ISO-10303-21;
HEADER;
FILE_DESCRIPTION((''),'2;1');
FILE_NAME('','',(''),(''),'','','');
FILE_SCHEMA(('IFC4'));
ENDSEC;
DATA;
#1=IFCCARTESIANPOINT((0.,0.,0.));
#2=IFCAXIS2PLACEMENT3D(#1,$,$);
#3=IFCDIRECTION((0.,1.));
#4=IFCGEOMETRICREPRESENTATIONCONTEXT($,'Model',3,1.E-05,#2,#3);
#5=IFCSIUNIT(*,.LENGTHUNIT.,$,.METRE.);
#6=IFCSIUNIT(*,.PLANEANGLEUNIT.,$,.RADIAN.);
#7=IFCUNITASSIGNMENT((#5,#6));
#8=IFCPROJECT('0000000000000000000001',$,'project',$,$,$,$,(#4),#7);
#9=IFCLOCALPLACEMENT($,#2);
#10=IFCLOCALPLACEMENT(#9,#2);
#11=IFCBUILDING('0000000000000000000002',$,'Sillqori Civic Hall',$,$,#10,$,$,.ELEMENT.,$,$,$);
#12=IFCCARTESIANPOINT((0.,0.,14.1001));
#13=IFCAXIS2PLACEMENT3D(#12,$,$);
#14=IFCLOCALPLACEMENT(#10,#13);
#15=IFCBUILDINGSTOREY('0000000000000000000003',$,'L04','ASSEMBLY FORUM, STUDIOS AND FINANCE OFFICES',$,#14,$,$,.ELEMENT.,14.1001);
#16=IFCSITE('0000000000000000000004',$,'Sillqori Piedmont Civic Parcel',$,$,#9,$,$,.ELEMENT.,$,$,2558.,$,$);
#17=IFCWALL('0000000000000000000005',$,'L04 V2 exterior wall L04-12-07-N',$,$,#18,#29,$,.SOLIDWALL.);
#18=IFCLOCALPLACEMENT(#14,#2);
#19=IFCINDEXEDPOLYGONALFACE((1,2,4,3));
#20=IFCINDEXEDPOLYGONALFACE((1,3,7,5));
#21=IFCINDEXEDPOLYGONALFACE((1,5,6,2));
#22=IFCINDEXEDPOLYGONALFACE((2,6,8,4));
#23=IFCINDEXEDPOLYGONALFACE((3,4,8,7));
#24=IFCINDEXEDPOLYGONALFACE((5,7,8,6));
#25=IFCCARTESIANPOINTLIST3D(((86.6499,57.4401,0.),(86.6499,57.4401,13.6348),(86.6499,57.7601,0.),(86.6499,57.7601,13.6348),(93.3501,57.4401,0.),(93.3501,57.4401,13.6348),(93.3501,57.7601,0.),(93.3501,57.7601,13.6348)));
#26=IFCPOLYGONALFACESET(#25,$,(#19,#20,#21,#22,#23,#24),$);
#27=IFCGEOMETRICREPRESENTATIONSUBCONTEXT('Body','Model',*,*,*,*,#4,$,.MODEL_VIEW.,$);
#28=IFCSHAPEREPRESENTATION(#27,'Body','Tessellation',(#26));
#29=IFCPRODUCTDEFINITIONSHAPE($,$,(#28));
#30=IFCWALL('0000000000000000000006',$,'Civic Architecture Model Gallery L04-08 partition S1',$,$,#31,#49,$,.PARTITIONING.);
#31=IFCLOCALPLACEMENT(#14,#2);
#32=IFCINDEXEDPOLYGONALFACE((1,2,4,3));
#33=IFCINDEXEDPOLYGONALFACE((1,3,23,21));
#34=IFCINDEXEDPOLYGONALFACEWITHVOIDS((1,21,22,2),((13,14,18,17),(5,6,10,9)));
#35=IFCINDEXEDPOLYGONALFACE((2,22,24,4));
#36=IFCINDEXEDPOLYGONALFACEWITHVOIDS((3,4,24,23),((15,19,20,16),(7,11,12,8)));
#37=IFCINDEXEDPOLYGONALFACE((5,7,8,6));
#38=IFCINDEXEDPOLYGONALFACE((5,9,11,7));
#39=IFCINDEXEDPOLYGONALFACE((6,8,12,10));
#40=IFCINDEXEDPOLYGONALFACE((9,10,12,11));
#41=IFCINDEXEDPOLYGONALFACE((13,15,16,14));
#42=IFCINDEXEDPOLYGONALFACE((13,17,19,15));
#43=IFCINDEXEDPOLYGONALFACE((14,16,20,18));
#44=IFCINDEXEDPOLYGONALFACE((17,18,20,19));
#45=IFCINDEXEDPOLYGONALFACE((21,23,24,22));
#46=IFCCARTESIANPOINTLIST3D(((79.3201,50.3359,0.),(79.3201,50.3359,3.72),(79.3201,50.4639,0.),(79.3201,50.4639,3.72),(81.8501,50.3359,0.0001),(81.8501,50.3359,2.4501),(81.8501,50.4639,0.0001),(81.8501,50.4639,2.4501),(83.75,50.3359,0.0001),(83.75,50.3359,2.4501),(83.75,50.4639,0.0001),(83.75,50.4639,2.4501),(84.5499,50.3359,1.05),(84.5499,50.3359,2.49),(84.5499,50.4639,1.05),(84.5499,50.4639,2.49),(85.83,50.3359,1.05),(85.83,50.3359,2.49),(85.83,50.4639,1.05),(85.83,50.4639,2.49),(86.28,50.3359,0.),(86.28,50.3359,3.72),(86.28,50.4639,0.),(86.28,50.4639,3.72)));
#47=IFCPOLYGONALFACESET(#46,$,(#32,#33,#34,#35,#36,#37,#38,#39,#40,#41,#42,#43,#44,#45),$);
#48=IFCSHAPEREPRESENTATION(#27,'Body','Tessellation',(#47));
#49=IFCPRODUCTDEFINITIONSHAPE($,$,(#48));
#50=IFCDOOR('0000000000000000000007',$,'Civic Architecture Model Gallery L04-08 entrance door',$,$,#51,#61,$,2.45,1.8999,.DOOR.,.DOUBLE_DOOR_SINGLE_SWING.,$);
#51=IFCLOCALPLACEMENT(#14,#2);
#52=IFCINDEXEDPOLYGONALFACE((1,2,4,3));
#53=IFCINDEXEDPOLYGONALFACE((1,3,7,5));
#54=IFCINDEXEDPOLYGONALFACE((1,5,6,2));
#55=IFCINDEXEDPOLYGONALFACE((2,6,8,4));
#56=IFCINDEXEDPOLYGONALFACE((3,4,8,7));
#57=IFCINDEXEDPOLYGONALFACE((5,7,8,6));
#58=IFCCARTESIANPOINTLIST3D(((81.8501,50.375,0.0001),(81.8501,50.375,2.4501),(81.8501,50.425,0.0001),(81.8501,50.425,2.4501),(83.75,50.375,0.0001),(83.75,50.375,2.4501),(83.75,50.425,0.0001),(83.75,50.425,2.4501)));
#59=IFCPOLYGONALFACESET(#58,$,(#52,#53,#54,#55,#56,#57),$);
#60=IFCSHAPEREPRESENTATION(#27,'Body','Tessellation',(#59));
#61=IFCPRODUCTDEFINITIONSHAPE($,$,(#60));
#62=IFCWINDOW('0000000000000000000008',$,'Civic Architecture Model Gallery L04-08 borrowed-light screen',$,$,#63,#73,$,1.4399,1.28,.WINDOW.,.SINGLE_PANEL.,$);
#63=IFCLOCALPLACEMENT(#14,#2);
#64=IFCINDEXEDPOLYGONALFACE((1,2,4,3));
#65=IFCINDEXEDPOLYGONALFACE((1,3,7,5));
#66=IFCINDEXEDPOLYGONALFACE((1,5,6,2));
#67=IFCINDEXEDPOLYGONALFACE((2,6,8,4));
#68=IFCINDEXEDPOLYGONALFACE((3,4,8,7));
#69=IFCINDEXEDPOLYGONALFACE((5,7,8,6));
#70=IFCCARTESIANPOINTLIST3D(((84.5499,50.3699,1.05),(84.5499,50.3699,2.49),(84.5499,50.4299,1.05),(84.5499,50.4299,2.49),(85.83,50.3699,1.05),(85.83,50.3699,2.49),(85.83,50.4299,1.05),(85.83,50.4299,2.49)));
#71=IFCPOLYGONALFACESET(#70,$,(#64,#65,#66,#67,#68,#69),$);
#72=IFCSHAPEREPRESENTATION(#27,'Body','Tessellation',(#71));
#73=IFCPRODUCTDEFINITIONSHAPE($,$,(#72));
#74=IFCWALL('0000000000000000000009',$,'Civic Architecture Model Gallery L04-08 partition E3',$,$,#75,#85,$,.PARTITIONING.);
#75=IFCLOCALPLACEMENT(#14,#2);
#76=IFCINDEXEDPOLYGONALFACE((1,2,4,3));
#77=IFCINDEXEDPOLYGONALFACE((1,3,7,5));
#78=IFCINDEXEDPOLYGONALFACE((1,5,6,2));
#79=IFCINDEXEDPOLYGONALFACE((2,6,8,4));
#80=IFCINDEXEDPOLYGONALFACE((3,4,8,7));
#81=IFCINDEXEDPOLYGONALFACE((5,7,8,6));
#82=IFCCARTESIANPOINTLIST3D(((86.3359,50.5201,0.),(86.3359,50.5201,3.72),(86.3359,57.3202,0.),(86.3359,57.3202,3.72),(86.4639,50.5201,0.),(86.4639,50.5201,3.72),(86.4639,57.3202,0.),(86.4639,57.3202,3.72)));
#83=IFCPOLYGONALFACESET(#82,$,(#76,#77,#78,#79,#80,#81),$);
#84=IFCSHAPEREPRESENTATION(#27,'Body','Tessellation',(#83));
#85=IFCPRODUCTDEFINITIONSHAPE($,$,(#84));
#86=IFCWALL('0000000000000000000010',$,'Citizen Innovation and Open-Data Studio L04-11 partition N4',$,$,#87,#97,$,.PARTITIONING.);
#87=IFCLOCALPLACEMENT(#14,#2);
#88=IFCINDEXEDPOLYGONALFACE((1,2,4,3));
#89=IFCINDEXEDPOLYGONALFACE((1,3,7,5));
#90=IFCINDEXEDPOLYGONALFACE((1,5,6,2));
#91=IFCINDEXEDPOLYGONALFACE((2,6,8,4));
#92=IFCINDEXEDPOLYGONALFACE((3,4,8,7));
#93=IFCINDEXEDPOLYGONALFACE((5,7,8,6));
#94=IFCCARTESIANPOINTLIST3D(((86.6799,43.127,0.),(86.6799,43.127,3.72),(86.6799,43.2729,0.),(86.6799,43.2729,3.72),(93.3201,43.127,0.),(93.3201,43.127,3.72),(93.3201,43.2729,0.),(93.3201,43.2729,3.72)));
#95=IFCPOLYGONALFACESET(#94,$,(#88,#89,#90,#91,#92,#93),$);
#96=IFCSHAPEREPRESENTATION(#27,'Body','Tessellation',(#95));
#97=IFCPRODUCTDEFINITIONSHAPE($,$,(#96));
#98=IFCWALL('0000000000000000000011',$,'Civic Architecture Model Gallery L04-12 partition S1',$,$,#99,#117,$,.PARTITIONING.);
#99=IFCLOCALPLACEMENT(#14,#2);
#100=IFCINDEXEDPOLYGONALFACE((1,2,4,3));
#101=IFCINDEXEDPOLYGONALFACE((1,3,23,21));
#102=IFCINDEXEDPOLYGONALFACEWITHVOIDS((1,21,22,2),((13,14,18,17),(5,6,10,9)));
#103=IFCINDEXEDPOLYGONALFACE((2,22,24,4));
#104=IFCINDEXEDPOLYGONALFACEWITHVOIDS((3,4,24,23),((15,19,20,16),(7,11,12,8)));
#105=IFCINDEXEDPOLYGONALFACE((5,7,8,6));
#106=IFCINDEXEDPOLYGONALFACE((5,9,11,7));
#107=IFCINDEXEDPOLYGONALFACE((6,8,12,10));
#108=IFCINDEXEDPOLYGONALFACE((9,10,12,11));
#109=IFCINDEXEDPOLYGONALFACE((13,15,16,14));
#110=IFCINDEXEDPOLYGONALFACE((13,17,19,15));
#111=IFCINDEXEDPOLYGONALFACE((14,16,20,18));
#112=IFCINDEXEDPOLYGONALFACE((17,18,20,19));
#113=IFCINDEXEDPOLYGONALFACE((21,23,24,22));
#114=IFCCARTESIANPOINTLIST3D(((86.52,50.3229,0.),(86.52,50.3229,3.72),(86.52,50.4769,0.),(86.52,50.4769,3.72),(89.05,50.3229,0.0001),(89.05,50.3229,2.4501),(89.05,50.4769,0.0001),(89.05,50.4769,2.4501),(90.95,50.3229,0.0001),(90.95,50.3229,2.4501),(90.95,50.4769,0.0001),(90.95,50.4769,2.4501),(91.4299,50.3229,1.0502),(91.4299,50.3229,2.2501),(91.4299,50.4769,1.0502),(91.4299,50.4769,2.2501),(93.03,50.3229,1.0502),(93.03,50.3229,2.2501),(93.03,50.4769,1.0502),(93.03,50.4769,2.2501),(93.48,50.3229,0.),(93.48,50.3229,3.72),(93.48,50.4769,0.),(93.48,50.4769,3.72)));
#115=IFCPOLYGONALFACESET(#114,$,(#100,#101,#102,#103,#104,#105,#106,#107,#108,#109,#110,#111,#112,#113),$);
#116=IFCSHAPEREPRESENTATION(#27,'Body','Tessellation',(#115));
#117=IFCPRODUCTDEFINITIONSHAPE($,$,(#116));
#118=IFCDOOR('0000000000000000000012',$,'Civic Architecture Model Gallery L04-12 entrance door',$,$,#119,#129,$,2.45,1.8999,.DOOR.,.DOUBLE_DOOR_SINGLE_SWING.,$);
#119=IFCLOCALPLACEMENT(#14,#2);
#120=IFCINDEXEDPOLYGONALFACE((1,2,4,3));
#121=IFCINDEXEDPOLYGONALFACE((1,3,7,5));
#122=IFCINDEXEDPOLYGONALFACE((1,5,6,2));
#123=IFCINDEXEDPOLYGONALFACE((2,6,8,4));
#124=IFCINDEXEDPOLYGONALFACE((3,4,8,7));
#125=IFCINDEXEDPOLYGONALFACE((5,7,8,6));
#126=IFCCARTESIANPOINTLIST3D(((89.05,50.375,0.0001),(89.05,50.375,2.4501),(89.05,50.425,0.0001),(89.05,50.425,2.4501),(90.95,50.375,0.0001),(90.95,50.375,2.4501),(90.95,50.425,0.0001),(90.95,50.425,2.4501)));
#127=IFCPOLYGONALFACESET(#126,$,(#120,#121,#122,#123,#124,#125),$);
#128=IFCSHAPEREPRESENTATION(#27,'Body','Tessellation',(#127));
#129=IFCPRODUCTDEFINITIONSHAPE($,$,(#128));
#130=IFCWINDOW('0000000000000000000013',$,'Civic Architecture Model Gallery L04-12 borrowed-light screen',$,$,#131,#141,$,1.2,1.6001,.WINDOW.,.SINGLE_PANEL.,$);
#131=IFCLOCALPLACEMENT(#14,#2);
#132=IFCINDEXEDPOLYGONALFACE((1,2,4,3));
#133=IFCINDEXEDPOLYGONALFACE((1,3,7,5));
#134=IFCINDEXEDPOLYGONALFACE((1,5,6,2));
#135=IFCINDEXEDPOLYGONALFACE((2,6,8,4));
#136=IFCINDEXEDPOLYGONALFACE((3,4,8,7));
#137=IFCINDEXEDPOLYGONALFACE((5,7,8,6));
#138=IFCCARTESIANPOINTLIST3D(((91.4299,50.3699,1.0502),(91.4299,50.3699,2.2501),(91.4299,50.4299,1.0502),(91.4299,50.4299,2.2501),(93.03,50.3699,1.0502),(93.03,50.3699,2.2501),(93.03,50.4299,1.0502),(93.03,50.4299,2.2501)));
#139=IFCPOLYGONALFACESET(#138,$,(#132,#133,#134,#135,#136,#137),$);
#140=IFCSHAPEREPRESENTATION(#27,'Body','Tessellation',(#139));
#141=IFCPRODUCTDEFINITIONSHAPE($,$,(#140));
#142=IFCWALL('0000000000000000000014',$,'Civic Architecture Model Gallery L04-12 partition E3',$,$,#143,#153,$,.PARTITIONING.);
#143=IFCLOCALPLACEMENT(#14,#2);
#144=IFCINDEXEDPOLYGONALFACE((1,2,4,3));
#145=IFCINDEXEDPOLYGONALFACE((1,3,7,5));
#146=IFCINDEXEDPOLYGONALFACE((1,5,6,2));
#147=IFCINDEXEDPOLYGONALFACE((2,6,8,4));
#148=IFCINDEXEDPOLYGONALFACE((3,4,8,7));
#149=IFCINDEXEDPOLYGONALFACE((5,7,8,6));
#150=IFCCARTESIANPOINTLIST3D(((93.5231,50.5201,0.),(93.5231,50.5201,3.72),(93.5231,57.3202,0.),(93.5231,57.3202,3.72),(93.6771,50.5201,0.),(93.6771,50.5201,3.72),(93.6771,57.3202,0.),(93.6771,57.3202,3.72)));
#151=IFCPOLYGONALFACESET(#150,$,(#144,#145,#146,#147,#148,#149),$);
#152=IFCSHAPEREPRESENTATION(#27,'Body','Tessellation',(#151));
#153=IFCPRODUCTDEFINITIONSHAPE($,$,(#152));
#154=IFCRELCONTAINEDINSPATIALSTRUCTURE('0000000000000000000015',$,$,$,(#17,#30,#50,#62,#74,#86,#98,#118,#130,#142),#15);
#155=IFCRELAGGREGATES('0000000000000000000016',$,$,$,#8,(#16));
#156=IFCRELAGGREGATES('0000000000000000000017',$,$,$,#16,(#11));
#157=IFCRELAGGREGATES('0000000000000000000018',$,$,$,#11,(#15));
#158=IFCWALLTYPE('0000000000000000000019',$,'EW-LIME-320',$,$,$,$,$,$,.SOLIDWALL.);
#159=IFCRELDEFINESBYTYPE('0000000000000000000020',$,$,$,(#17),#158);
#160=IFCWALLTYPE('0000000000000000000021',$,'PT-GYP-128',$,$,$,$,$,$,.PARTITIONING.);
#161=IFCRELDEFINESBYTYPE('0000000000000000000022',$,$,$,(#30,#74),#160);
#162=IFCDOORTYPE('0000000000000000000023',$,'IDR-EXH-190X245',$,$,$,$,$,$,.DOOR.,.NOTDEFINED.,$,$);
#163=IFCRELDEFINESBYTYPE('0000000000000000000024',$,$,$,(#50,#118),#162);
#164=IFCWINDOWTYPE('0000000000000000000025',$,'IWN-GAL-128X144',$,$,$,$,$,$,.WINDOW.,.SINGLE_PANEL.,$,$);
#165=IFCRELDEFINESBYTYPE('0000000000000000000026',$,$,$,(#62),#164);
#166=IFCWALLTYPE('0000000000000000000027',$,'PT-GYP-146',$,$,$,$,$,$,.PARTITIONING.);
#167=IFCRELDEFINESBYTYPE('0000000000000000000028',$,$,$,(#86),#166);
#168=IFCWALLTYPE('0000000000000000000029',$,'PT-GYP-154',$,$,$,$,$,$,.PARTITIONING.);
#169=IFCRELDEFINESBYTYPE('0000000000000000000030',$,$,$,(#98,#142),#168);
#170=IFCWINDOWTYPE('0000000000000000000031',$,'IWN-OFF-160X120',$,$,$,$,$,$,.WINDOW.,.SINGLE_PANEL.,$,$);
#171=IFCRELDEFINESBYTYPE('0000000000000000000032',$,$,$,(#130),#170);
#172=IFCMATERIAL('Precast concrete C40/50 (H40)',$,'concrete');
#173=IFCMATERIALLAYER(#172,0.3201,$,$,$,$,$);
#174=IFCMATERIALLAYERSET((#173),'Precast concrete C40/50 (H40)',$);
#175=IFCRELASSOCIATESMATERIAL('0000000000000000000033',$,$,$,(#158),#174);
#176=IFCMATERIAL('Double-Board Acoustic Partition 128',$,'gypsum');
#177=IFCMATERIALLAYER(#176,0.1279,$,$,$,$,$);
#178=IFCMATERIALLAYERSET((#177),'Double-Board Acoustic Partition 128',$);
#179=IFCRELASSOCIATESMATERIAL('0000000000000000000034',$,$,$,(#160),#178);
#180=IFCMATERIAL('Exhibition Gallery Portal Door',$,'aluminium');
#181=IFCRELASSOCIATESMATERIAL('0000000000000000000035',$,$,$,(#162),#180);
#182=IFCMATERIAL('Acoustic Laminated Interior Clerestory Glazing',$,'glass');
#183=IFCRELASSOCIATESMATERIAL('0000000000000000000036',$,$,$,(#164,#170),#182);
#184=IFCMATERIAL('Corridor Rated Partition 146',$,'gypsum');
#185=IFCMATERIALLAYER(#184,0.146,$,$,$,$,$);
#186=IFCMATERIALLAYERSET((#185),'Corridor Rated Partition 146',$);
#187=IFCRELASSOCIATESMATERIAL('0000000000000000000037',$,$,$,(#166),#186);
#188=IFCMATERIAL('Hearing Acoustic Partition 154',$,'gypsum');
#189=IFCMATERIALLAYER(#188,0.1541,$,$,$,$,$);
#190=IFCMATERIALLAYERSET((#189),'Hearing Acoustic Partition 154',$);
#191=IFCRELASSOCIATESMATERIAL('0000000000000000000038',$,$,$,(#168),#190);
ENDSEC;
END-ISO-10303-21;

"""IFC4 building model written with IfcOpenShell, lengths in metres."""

from ifc_helpers import new_model, si_unit, direction, frame, frame_2d, origin, place, context, subcontext, project, spatial, rectangle, extrude, material, layer, layer_set, type_object, element, fill, save


model = new_model("IFC4")

# Units and contexts
model_context = context("Model", 3, precision=1e-05, world=origin(), true_north=direction((0.0, 1.0)))
body_context = subcontext(model_context, "Body", "Model", "MODEL_VIEW")
ifc_project = project(units=[si_unit("LENGTHUNIT", "METRE"), si_unit("PLANEANGLEUNIT", "RADIAN")], contexts=[model_context])

# Site, building, storey
site_placement = place(None, origin())
site = spatial("IfcSite", under=ifc_project, at=site_placement, Name="Sillqori Piedmont Civic Parcel", CompositionType="ELEMENT", RefElevation=2558.0)
building_placement = place(site_placement, origin())
building = spatial("IfcBuilding", under=site, at=building_placement, Name="Sillqori Civic Hall", CompositionType="ELEMENT")
storey_placement = place(building_placement, frame((0.0, 0.0, 14.1001)))
storey = spatial("IfcBuildingStorey", under=building, at=storey_placement, Name="L04", Description="ASSEMBLY FORUM, STUDIOS AND FINANCE OFFICES", CompositionType="ELEMENT", Elevation=14.1001)

# Wall
ifc_material_1 = material(Name="Precast concrete C40/50 (H40)", Category="concrete")
ifc_layer_1 = layer(ifc_material_1, 0.3201)
ifc_layer_set_1 = layer_set([ifc_layer_1], Name="Precast concrete C40/50 (H40)")
wall_type_1 = type_object("IfcWallType", Name="EW-LIME-320", PredefinedType="SOLIDWALL", material=ifc_layer_set_1)
wall_1_placement = place(storey_placement, frame((86.6499, 57.6001, 0.0), z_axis=(0.0, 0.0, 1.0), x_axis=(1.0, 0.0, 0.0)))
element("IfcWall", 1, at=wall_1_placement, inside=storey, type_object=wall_type_1, Name="L04 V2 exterior wall L04-12-07-N", PredefinedType="SOLIDWALL", context=body_context, shape_type="SweptSolid", body=[
    extrude(rectangle(XDim=6.7002, YDim=0.3201, at=frame_2d((3.3501, 0.0))), origin(), (0.0, 0.0, 1.0), 13.6348),
])

# Wall, openings, door, window
ifc_material_2 = material(Name="Double-Board Acoustic Partition 128", Category="gypsum")
ifc_layer_2 = layer(ifc_material_2, 0.1279)
ifc_layer_set_2 = layer_set([ifc_layer_2], Name="Double-Board Acoustic Partition 128")
wall_type_2 = type_object("IfcWallType", Name="PT-GYP-128", PredefinedType="PARTITIONING", material=ifc_layer_set_2)
wall_2_placement = place(storey_placement, frame((86.28, 50.3999, 0.0), z_axis=(0.0, 0.0, 1.0), x_axis=(-1.0, 0.0, 0.0)))
wall_2 = element("IfcWall", 2, at=wall_2_placement, inside=storey, type_object=wall_type_2, Name="Civic Architecture Model Gallery L04-08 partition S1", PredefinedType="PARTITIONING", context=body_context, shape_type="SweptSolid", body=[
    extrude(rectangle(XDim=6.96, YDim=0.1279, at=frame_2d((3.48, 0.0))), origin(), (0.0, 0.0, 1.0), 3.72),
])
opening_1_placement = place(wall_2_placement, frame((2.53, 0.0, 0.0)))
opening_1 = element("IfcOpeningElement", 3, at=opening_1_placement, cuts=wall_2, PredefinedType="OPENING", context=body_context, shape_type="SweptSolid", body=[
    extrude(rectangle(XDim=1.8999, YDim=2.45, at=frame_2d((0.95, 1.2251))), frame((0.0, 0.074, 0.0), z_axis=(0.0, -1.0, 0.0), x_axis=(1.0, 0.0, 0.0)), (0.0, 0.0, 1.0), 0.1479),
])
opening_2_placement = place(wall_2_placement, frame((0.45, 0.0, 1.05)))
opening_2 = element("IfcOpeningElement", 4, at=opening_2_placement, cuts=wall_2, PredefinedType="OPENING", context=body_context, shape_type="SweptSolid", body=[
    extrude(rectangle(XDim=1.28, YDim=1.4399, at=frame_2d((0.6401, 0.72))), frame((0.0, 0.074, 0.0), z_axis=(0.0, -1.0, 0.0), x_axis=(1.0, 0.0, 0.0)), (0.0, 0.0, 1.0), 0.1479),
])
ifc_material_3 = material(Name="Exhibition Gallery Portal Door", Category="aluminium")
door_type = type_object("IfcDoorType", Name="IDR-EXH-190X245", OperationType="NOTDEFINED", PredefinedType="DOOR", material=ifc_material_3)
door_1_placement = place(opening_1_placement, origin())
door_1 = element("IfcDoor", 5, at=door_1_placement, inside=storey, type_object=door_type, Name="Civic Architecture Model Gallery L04-08 entrance door", OperationType="DOUBLE_DOOR_SINGLE_SWING", OverallHeight=2.45, OverallWidth=1.8999, PredefinedType="DOOR", context=body_context, shape_type="SweptSolid", body=[
    extrude(rectangle(XDim=1.8999, YDim=2.45, at=frame_2d((0.95, 1.2251))), frame((0.0, 0.0249, 0.0), z_axis=(0.0, -1.0, 0.0), x_axis=(1.0, 0.0, 0.0)), (0.0, 0.0, 1.0), 0.05),
])
fill(opening_1, door_1)
ifc_material_4 = material(Name="Acoustic Laminated Interior Clerestory Glazing", Category="glass")
window_type_1 = type_object("IfcWindowType", Name="IWN-GAL-128X144", PartitioningType="SINGLE_PANEL", PredefinedType="WINDOW", material=ifc_material_4)
window_1_placement = place(opening_2_placement, origin())
window_1 = element("IfcWindow", 6, at=window_1_placement, inside=storey, type_object=window_type_1, Name="Civic Architecture Model Gallery L04-08 borrowed-light screen", OverallHeight=1.4399, OverallWidth=1.28, PartitioningType="SINGLE_PANEL", PredefinedType="WINDOW", context=body_context, shape_type="SweptSolid", body=[
    extrude(rectangle(XDim=1.28, YDim=1.4399, at=frame_2d((0.6401, 0.72))), frame((0.0, 0.03, 0.0), z_axis=(0.0, -1.0, 0.0), x_axis=(1.0, 0.0, 0.0)), (0.0, 0.0, 1.0), 0.0601),
])
fill(opening_2, window_1)

# Walls
wall_3_placement = place(storey_placement, frame((86.3999, 57.3201, 0.0), z_axis=(0.0, 0.0, 1.0), x_axis=(0.0, -1.0, 0.0)))
element("IfcWall", 7, at=wall_3_placement, inside=storey, type_object=wall_type_2, Name="Civic Architecture Model Gallery L04-08 partition E3", PredefinedType="PARTITIONING", context=body_context, shape_type="SweptSolid", body=[
    extrude(rectangle(XDim=6.8, YDim=0.1279, at=frame_2d((3.3999, 0.0))), origin(), (0.0, 0.0, 1.0), 3.72),
])
ifc_material_5 = material(Name="Corridor Rated Partition 146", Category="gypsum")
ifc_layer_3 = layer(ifc_material_5, 0.146)
ifc_layer_set_3 = layer_set([ifc_layer_3], Name="Corridor Rated Partition 146")
wall_type_3 = type_object("IfcWallType", Name="PT-GYP-146", PredefinedType="PARTITIONING", material=ifc_layer_set_3)
wall_4_placement = place(storey_placement, frame((86.6799, 43.2, 0.0), z_axis=(0.0, 0.0, 1.0), x_axis=(1.0, 0.0, 0.0)))
element("IfcWall", 8, at=wall_4_placement, inside=storey, type_object=wall_type_3, Name="Citizen Innovation and Open-Data Studio L04-11 partition N4", PredefinedType="PARTITIONING", context=body_context, shape_type="SweptSolid", body=[
    extrude(rectangle(XDim=6.6401, YDim=0.146, at=frame_2d((3.3201, 0.0))), origin(), (0.0, 0.0, 1.0), 3.72),
])

# Wall, openings, door, window
ifc_material_6 = material(Name="Hearing Acoustic Partition 154", Category="gypsum")
ifc_layer_4 = layer(ifc_material_6, 0.1541)
ifc_layer_set_4 = layer_set([ifc_layer_4], Name="Hearing Acoustic Partition 154")
wall_type_4 = type_object("IfcWallType", Name="PT-GYP-154", PredefinedType="PARTITIONING", material=ifc_layer_set_4)
wall_5_placement = place(storey_placement, frame((93.48, 50.3999, 0.0), z_axis=(0.0, 0.0, 1.0), x_axis=(-1.0, 0.0, 0.0)))
wall_5 = element("IfcWall", 9, at=wall_5_placement, inside=storey, type_object=wall_type_4, Name="Civic Architecture Model Gallery L04-12 partition S1", PredefinedType="PARTITIONING", context=body_context, shape_type="SweptSolid", body=[
    extrude(rectangle(XDim=6.96, YDim=0.1541, at=frame_2d((3.48, 0.0))), origin(), (0.0, 0.0, 1.0), 3.72),
])
opening_3_placement = place(wall_5_placement, frame((2.53, 0.0, 0.0)))
opening_3 = element("IfcOpeningElement", 10, at=opening_3_placement, cuts=wall_5, PredefinedType="OPENING", context=body_context, shape_type="SweptSolid", body=[
    extrude(rectangle(XDim=1.8999, YDim=2.45, at=frame_2d((0.95, 1.2251))), frame((0.0, 0.0869, 0.0), z_axis=(0.0, -1.0, 0.0), x_axis=(1.0, 0.0, 0.0)), (0.0, 0.0, 1.0), 0.1741),
])
opening_4_placement = place(wall_5_placement, frame((0.45, 0.0, 1.05)))
opening_4 = element("IfcOpeningElement", 11, at=opening_4_placement, cuts=wall_5, PredefinedType="OPENING", context=body_context, shape_type="SweptSolid", body=[
    extrude(rectangle(XDim=1.6001, YDim=1.2, at=frame_2d((0.8, 0.6001))), frame((0.0, 0.0869, 0.0), z_axis=(0.0, -1.0, 0.0), x_axis=(1.0, 0.0, 0.0)), (0.0, 0.0, 1.0), 0.1741),
])
door_2_placement = place(opening_3_placement, origin())
door_2 = element("IfcDoor", 12, at=door_2_placement, inside=storey, type_object=door_type, Name="Civic Architecture Model Gallery L04-12 entrance door", OperationType="DOUBLE_DOOR_SINGLE_SWING", OverallHeight=2.45, OverallWidth=1.8999, PredefinedType="DOOR", context=body_context, shape_type="SweptSolid", body=[
    extrude(rectangle(XDim=1.8999, YDim=2.45, at=frame_2d((0.95, 1.2251))), frame((0.0, 0.0249, 0.0), z_axis=(0.0, -1.0, 0.0), x_axis=(1.0, 0.0, 0.0)), (0.0, 0.0, 1.0), 0.05),
])
fill(opening_3, door_2)
window_type_2 = type_object("IfcWindowType", Name="IWN-OFF-160X120", PartitioningType="SINGLE_PANEL", PredefinedType="WINDOW", material=ifc_material_4)
window_2_placement = place(opening_4_placement, origin())
window_2 = element("IfcWindow", 13, at=window_2_placement, inside=storey, type_object=window_type_2, Name="Civic Architecture Model Gallery L04-12 borrowed-light screen", OverallHeight=1.2, OverallWidth=1.6001, PartitioningType="SINGLE_PANEL", PredefinedType="WINDOW", context=body_context, shape_type="SweptSolid", body=[
    extrude(rectangle(XDim=1.6001, YDim=1.2, at=frame_2d((0.8, 0.6001))), frame((0.0, 0.03, 0.0), z_axis=(0.0, -1.0, 0.0), x_axis=(1.0, 0.0, 0.0)), (0.0, 0.0, 1.0), 0.0601),
])
fill(opening_4, window_2)

# Wall
wall_6_placement = place(storey_placement, frame((93.6001, 57.3201, 0.0), z_axis=(0.0, 0.0, 1.0), x_axis=(0.0, -1.0, 0.0)))
element("IfcWall", 14, at=wall_6_placement, inside=storey, type_object=wall_type_4, Name="Civic Architecture Model Gallery L04-12 partition E3", PredefinedType="PARTITIONING", context=body_context, shape_type="SweptSolid", body=[
    extrude(rectangle(XDim=6.8, YDim=0.1541, at=frame_2d((3.3999, 0.0))), origin(), (0.0, 0.0, 1.0), 3.72),
])

save(model, "model.ifc")
